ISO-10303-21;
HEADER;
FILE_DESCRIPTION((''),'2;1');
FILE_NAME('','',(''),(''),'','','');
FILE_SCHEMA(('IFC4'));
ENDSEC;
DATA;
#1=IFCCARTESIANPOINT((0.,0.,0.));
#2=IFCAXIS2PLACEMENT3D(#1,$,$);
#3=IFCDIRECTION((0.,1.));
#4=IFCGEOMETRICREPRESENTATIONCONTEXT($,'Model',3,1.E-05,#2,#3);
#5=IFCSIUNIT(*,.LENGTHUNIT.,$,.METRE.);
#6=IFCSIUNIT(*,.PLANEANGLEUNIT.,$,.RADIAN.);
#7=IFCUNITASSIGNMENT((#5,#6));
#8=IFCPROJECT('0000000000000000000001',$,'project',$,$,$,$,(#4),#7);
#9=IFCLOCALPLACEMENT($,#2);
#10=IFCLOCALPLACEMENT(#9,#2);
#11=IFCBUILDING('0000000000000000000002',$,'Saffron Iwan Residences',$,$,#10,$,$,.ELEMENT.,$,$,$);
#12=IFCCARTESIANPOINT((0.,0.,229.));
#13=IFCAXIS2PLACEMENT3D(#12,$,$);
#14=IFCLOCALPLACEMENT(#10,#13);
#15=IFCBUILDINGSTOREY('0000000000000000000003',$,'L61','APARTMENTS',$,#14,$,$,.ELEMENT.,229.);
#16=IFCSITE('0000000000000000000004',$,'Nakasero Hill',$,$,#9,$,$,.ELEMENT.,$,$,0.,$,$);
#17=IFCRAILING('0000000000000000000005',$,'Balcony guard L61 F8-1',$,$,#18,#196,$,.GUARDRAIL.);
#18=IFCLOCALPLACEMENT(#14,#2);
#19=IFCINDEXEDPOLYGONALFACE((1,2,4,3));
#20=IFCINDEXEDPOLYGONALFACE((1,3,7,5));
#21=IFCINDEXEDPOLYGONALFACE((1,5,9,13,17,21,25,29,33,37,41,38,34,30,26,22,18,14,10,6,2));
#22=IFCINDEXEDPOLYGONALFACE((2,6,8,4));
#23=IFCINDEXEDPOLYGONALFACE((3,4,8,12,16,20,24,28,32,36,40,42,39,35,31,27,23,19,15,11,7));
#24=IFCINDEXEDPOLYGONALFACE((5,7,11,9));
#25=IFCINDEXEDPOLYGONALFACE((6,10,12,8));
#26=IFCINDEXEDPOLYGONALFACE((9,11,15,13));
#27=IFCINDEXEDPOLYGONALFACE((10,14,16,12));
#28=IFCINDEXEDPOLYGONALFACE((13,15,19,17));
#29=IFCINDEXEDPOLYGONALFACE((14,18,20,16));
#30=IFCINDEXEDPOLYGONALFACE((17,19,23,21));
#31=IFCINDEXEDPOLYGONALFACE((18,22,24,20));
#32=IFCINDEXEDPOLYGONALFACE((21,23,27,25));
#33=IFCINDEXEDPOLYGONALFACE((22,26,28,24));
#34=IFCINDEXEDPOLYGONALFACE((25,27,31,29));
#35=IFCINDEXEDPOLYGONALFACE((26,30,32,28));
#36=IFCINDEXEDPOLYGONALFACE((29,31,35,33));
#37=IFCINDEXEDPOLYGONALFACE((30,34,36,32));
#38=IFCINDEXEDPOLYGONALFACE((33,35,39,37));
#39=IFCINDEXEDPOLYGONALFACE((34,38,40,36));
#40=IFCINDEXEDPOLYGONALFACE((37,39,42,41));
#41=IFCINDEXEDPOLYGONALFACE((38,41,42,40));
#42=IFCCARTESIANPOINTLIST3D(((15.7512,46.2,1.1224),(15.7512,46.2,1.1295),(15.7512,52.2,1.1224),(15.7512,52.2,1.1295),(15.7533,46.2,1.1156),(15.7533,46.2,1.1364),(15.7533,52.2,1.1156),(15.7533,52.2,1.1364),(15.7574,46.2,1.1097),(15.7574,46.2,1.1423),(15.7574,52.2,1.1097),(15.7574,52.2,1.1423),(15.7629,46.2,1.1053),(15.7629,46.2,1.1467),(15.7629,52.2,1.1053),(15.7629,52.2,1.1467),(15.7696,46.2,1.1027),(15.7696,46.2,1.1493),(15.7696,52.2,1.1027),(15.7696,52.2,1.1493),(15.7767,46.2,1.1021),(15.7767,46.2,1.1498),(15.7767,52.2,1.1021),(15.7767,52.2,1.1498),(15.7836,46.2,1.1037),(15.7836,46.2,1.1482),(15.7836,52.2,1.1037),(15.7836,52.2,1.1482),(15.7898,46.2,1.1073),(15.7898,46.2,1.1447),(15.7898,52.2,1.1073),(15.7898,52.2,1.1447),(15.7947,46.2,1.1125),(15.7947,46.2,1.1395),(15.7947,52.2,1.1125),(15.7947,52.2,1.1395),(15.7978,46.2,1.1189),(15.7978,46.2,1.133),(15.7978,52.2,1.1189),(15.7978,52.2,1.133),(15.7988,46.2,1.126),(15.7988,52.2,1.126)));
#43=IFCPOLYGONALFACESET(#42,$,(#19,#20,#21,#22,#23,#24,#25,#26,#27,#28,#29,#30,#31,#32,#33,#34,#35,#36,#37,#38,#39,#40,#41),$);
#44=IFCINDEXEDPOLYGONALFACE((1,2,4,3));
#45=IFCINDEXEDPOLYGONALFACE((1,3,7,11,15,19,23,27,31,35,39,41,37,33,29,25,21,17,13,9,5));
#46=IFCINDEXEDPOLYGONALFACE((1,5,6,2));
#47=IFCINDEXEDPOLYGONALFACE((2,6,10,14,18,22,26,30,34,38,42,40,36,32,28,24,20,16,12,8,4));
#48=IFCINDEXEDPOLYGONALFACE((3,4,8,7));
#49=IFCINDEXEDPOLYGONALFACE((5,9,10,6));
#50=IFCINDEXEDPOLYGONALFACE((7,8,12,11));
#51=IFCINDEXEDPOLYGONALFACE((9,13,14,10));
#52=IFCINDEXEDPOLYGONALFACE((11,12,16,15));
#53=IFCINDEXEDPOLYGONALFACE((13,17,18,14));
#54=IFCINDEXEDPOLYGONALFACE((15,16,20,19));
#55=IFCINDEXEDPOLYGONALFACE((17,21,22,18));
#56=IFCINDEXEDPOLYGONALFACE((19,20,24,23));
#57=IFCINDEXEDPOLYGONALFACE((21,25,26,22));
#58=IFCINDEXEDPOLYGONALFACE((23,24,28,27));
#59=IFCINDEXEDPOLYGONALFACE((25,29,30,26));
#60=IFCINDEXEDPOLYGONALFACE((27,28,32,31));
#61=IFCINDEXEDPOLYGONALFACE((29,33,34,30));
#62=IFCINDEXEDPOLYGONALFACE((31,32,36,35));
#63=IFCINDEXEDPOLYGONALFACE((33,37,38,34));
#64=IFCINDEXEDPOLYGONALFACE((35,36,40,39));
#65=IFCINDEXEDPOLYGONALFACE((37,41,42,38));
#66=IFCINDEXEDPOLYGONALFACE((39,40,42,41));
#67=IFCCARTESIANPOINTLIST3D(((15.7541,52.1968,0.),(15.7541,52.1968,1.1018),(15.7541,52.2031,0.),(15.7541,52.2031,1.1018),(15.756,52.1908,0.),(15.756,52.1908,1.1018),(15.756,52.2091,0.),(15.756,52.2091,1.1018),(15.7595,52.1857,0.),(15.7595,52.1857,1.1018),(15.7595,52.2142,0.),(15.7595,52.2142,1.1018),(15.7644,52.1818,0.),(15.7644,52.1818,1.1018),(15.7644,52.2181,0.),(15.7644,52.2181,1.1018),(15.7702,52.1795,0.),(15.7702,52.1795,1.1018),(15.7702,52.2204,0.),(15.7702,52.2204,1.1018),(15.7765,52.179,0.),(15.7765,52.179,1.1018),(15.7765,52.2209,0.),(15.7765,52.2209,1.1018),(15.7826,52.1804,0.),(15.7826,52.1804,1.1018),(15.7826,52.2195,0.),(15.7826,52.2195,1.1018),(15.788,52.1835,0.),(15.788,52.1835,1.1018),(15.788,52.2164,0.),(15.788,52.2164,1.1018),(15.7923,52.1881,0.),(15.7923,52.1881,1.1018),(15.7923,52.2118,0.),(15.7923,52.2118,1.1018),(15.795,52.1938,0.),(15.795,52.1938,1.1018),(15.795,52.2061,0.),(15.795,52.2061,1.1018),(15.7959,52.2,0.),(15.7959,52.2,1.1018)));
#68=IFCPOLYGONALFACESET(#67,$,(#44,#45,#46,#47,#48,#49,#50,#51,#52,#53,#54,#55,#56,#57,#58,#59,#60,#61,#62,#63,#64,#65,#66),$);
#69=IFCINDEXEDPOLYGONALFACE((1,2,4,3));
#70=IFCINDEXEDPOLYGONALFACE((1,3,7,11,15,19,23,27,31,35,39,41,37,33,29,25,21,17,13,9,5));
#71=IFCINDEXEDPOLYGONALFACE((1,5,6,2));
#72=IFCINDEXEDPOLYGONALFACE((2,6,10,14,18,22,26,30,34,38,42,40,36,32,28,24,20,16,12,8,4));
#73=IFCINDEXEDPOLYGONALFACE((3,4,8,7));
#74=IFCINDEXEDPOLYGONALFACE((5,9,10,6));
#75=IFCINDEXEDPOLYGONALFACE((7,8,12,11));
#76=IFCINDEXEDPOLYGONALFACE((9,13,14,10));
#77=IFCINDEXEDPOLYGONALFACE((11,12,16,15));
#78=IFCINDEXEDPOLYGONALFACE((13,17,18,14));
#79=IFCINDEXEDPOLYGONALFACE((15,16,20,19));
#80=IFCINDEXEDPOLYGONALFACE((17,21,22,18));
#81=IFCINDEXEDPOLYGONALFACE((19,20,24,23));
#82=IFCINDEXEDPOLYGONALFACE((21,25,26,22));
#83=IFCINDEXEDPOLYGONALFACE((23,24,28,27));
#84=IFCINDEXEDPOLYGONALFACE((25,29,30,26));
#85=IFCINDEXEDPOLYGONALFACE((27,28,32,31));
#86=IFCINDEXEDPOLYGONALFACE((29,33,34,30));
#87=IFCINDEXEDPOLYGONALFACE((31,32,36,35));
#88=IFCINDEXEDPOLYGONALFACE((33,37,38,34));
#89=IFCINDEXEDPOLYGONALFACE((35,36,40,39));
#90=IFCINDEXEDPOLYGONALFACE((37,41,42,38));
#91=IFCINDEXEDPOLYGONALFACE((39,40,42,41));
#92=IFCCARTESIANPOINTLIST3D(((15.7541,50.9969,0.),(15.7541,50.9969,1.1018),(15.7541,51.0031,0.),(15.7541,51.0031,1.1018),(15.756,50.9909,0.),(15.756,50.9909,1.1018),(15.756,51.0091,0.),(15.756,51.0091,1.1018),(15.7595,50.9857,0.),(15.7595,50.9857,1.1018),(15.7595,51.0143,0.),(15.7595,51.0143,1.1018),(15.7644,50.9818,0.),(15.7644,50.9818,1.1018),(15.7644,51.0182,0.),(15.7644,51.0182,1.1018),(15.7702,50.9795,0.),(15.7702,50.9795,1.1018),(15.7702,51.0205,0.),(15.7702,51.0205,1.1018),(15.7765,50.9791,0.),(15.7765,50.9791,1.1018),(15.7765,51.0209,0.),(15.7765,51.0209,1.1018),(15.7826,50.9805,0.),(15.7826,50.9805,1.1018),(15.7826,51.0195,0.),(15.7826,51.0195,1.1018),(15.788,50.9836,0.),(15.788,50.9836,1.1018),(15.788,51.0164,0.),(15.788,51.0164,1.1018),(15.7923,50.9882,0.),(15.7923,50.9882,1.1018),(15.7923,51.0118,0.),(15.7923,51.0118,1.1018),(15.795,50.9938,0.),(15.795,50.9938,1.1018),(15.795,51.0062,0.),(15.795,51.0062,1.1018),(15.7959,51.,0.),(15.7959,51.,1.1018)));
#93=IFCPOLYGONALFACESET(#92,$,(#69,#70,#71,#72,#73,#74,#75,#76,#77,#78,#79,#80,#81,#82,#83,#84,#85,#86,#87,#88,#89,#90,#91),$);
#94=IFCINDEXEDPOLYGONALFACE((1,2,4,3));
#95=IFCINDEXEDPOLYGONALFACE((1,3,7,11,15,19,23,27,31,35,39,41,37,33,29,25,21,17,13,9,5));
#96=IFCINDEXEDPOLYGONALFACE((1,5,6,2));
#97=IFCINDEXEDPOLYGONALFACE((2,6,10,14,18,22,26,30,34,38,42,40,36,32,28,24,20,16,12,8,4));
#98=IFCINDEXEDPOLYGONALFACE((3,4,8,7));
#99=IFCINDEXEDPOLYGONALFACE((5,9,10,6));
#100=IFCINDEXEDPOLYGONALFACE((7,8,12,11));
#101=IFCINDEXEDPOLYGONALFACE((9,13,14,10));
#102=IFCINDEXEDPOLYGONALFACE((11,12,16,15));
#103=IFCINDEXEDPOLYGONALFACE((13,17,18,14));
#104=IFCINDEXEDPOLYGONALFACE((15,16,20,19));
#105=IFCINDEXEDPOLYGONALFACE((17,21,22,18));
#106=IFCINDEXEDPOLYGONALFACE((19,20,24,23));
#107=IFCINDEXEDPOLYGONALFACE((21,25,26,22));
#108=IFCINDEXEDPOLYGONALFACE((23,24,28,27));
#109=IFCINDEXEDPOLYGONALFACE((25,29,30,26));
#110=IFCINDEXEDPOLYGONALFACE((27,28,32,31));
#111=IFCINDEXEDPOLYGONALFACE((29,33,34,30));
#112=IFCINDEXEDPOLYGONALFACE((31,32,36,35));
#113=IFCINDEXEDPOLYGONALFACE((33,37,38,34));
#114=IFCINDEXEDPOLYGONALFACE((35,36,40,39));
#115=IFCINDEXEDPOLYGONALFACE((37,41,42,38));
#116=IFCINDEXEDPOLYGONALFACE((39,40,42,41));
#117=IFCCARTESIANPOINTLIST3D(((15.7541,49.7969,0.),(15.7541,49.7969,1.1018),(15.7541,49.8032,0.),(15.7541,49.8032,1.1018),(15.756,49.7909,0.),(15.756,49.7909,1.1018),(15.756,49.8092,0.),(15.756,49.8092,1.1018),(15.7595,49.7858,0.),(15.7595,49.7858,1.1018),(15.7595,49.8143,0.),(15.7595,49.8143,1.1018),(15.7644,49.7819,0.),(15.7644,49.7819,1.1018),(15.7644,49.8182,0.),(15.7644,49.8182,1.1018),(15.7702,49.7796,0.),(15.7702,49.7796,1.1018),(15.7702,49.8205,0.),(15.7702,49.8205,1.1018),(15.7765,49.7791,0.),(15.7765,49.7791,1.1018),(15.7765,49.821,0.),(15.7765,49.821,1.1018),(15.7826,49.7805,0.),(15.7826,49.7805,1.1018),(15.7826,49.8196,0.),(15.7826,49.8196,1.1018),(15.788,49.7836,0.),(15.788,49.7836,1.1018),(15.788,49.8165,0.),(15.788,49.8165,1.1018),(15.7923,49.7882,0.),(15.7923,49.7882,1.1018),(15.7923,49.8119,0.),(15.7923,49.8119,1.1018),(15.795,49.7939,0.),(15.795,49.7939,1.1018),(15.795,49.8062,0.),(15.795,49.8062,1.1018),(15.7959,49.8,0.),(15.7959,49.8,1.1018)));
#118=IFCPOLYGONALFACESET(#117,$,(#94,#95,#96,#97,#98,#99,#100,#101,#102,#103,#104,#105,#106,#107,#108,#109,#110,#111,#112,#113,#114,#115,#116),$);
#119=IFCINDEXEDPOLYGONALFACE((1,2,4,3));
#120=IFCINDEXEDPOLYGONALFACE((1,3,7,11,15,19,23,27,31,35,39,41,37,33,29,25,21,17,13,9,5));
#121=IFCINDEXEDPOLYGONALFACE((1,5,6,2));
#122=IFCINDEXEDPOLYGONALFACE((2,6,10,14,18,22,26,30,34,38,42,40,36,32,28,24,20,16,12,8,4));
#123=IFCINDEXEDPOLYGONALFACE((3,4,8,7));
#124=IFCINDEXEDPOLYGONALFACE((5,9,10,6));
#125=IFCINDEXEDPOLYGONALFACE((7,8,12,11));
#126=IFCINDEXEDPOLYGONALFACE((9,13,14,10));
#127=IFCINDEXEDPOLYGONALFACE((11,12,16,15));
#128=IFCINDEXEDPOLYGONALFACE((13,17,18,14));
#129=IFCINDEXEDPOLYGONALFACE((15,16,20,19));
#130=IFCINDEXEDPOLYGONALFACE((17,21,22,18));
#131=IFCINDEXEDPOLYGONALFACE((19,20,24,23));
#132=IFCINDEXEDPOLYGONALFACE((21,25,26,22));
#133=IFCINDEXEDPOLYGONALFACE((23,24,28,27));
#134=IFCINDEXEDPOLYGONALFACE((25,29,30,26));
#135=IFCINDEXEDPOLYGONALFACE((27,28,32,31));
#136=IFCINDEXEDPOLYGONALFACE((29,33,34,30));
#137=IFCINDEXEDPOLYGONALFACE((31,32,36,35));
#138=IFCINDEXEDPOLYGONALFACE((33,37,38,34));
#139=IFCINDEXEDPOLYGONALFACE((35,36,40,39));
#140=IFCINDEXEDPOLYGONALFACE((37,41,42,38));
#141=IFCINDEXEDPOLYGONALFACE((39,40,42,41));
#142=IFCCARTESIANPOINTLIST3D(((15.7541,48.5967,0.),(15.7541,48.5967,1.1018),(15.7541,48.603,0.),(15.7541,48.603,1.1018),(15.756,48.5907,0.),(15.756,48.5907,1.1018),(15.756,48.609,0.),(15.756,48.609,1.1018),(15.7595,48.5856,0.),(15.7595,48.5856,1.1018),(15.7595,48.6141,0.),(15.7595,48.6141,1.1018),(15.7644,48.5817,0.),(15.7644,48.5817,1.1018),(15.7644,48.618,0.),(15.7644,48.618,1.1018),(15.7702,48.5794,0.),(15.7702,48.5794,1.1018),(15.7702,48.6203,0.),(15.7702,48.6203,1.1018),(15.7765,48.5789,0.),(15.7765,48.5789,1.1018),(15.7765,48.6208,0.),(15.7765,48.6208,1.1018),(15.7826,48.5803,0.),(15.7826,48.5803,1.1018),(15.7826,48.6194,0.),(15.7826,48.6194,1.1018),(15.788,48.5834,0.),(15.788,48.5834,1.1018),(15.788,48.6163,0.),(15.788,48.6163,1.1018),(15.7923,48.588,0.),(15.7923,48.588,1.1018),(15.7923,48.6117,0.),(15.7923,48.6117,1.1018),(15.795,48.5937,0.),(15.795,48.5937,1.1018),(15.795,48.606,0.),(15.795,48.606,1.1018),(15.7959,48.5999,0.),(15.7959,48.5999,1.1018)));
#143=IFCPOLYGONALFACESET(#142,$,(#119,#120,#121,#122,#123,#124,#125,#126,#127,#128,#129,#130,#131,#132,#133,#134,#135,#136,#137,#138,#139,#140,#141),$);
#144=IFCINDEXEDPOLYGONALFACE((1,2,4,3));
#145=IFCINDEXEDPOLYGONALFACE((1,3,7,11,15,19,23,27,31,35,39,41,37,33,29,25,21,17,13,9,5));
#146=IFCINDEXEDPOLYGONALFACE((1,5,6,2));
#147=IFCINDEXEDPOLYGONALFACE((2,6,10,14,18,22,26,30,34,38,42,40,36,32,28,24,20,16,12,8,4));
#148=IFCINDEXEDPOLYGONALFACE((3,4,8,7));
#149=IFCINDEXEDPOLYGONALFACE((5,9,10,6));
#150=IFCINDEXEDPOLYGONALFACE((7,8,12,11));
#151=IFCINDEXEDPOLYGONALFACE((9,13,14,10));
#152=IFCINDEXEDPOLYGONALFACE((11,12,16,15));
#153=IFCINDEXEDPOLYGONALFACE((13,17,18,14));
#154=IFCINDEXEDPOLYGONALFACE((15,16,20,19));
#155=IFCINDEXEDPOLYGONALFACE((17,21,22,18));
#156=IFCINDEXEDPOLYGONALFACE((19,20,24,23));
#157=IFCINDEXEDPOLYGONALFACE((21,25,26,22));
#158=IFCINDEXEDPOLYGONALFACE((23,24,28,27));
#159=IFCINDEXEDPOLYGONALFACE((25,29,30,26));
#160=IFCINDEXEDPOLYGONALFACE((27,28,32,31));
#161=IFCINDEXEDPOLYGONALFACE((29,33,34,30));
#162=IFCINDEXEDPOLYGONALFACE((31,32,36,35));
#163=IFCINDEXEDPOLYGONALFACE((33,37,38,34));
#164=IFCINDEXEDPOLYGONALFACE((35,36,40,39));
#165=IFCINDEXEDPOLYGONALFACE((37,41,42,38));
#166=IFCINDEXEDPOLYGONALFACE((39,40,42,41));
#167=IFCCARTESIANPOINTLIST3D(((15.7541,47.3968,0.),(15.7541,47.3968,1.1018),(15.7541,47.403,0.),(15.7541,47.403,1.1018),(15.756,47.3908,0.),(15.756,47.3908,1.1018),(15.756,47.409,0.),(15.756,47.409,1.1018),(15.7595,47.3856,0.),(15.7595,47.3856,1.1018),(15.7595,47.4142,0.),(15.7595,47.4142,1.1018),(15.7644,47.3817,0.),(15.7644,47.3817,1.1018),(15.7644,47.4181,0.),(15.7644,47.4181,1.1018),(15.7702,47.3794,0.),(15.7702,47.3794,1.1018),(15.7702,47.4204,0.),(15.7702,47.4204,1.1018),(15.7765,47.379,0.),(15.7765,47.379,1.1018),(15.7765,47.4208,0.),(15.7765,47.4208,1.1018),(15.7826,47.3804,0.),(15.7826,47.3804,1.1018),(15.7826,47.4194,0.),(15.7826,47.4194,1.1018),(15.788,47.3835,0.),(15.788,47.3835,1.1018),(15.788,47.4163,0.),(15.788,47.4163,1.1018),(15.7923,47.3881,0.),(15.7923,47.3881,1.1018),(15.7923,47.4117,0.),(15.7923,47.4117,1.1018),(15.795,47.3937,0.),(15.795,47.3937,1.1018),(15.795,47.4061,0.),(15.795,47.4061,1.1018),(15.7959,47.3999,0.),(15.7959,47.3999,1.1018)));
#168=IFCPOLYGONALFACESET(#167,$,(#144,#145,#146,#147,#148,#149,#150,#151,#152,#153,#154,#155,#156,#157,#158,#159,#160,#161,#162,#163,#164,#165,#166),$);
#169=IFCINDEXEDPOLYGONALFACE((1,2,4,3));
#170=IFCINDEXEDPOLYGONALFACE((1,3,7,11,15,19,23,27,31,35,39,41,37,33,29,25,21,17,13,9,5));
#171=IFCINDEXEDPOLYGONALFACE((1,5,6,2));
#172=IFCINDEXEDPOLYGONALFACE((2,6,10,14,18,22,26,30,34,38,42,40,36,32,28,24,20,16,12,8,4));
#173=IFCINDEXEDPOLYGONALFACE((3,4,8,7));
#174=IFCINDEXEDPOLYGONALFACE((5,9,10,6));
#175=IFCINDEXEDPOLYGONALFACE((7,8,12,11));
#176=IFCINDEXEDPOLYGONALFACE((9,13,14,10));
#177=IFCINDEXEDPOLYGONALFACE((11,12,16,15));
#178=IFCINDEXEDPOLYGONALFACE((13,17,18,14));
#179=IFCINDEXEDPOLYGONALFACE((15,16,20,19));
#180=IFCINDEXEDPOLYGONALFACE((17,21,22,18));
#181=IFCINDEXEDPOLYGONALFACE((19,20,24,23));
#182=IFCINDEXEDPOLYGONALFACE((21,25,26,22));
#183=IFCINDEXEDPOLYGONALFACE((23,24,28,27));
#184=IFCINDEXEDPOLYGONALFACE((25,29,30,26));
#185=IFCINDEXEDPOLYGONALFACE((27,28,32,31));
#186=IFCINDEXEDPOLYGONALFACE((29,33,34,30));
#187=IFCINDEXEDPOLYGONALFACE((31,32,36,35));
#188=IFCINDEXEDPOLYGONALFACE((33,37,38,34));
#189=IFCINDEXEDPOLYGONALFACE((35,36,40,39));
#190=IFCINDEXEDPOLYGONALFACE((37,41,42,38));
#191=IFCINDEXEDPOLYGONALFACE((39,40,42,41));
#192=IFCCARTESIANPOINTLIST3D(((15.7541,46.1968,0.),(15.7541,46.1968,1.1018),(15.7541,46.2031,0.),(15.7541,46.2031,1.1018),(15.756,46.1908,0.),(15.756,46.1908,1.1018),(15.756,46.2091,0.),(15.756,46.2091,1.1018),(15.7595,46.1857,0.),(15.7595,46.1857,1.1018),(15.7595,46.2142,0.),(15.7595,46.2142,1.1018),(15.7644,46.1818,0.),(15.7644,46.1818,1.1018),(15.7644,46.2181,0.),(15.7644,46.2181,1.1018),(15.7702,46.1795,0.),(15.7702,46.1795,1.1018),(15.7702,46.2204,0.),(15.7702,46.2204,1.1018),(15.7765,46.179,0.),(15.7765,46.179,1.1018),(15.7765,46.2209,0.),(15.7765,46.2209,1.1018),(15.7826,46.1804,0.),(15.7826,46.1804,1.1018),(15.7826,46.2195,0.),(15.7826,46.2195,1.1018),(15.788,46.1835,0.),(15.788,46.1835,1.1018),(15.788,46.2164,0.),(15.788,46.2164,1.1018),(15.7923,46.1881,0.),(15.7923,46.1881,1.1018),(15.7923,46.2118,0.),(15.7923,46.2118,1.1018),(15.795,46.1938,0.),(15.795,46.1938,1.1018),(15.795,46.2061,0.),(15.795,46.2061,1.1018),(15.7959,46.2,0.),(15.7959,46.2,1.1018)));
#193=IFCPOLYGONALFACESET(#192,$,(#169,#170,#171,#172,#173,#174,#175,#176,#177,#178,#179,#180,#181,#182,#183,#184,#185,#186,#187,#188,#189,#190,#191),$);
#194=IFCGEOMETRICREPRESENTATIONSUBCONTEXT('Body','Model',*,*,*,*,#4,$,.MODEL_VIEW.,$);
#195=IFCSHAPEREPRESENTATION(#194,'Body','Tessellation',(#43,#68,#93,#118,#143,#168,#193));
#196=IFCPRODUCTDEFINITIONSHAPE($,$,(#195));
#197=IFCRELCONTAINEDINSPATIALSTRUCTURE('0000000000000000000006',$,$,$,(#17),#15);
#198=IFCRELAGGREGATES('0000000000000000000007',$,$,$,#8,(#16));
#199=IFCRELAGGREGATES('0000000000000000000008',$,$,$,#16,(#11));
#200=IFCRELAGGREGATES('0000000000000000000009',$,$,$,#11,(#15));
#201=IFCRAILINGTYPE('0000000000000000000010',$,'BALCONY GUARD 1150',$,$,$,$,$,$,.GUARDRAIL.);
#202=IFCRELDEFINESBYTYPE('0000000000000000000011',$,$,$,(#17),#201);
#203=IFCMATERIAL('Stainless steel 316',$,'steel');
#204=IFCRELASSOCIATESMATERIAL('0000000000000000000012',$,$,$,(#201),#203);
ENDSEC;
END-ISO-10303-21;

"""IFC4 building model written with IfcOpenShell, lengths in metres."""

from ifc_helpers import new_model, si_unit, direction, frame, origin, origin_2d, place, context, subcontext, project, spatial, circle, extrude, material, type_object, element, save


model = new_model("IFC4")

# Units and contexts
model_context = context("Model", 3, precision=1e-05, world=origin(), true_north=direction((0.0, 1.0)))
body_context = subcontext(model_context, "Body", "Model", "MODEL_VIEW")
ifc_project = project(units=[si_unit("LENGTHUNIT", "METRE"), si_unit("PLANEANGLEUNIT", "RADIAN")], contexts=[model_context])

# Site, building, storey
site_placement = place(None, origin())
site = spatial("IfcSite", under=ifc_project, at=site_placement, Name="Nakasero Hill", CompositionType="ELEMENT", RefElevation=0.0)
building_placement = place(site_placement, origin())
building = spatial("IfcBuilding", under=site, at=building_placement, Name="Saffron Iwan Residences", CompositionType="ELEMENT")
storey_placement = place(building_placement, frame((0.0, 0.0, 229.0)))
storey = spatial("IfcBuildingStorey", under=building, at=storey_placement, Name="L61", Description="APARTMENTS", CompositionType="ELEMENT", Elevation=229.0)

# Railing
ifc_material_1 = material(Name="Stainless steel 316", Category="steel")
railing_type = type_object("IfcRailingType", Name="BALCONY GUARD 1150", PredefinedType="GUARDRAIL", material=ifc_material_1)
railing_placement = place(storey_placement, frame((15.7749, 52.2, 0.0)))
element("IfcRailing", 1, at=railing_placement, inside=storey, type_object=railing_type, Name="Balcony guard L61 F8-1", PredefinedType="GUARDRAIL", context=body_context, shape_type="SweptSolid", body=[
    extrude(circle(Radius=0.0239, at=origin_2d()), frame((0.0, 0.0, 1.126), z_axis=(0.0, -1.0, 0.0), x_axis=(1.0, 0.0, 0.0)), (0.0, 0.0, 1.0), 6.0),
    extrude(circle(Radius=0.021, at=origin_2d()), origin(), (0.0, 0.0, 1.0), 1.1018),
    extrude(circle(Radius=0.021, at=origin_2d()), frame((0.0, -1.2, 0.0)), (0.0, 0.0, 1.0), 1.1018),
    extrude(circle(Radius=0.021, at=origin_2d()), frame((0.0, -2.3999, 0.0)), (0.0, 0.0, 1.0), 1.1018),
    extrude(circle(Radius=0.021, at=origin_2d()), frame((0.0, -3.6001, 0.0)), (0.0, 0.0, 1.0), 1.1018),
    extrude(circle(Radius=0.021, at=origin_2d()), frame((0.0, -4.8, 0.0)), (0.0, 0.0, 1.0), 1.1018),
    extrude(circle(Radius=0.021, at=origin_2d()), frame((0.0, -6.0, 0.0)), (0.0, 0.0, 1.0), 1.1018),
])

save(model, "model.ifc")
